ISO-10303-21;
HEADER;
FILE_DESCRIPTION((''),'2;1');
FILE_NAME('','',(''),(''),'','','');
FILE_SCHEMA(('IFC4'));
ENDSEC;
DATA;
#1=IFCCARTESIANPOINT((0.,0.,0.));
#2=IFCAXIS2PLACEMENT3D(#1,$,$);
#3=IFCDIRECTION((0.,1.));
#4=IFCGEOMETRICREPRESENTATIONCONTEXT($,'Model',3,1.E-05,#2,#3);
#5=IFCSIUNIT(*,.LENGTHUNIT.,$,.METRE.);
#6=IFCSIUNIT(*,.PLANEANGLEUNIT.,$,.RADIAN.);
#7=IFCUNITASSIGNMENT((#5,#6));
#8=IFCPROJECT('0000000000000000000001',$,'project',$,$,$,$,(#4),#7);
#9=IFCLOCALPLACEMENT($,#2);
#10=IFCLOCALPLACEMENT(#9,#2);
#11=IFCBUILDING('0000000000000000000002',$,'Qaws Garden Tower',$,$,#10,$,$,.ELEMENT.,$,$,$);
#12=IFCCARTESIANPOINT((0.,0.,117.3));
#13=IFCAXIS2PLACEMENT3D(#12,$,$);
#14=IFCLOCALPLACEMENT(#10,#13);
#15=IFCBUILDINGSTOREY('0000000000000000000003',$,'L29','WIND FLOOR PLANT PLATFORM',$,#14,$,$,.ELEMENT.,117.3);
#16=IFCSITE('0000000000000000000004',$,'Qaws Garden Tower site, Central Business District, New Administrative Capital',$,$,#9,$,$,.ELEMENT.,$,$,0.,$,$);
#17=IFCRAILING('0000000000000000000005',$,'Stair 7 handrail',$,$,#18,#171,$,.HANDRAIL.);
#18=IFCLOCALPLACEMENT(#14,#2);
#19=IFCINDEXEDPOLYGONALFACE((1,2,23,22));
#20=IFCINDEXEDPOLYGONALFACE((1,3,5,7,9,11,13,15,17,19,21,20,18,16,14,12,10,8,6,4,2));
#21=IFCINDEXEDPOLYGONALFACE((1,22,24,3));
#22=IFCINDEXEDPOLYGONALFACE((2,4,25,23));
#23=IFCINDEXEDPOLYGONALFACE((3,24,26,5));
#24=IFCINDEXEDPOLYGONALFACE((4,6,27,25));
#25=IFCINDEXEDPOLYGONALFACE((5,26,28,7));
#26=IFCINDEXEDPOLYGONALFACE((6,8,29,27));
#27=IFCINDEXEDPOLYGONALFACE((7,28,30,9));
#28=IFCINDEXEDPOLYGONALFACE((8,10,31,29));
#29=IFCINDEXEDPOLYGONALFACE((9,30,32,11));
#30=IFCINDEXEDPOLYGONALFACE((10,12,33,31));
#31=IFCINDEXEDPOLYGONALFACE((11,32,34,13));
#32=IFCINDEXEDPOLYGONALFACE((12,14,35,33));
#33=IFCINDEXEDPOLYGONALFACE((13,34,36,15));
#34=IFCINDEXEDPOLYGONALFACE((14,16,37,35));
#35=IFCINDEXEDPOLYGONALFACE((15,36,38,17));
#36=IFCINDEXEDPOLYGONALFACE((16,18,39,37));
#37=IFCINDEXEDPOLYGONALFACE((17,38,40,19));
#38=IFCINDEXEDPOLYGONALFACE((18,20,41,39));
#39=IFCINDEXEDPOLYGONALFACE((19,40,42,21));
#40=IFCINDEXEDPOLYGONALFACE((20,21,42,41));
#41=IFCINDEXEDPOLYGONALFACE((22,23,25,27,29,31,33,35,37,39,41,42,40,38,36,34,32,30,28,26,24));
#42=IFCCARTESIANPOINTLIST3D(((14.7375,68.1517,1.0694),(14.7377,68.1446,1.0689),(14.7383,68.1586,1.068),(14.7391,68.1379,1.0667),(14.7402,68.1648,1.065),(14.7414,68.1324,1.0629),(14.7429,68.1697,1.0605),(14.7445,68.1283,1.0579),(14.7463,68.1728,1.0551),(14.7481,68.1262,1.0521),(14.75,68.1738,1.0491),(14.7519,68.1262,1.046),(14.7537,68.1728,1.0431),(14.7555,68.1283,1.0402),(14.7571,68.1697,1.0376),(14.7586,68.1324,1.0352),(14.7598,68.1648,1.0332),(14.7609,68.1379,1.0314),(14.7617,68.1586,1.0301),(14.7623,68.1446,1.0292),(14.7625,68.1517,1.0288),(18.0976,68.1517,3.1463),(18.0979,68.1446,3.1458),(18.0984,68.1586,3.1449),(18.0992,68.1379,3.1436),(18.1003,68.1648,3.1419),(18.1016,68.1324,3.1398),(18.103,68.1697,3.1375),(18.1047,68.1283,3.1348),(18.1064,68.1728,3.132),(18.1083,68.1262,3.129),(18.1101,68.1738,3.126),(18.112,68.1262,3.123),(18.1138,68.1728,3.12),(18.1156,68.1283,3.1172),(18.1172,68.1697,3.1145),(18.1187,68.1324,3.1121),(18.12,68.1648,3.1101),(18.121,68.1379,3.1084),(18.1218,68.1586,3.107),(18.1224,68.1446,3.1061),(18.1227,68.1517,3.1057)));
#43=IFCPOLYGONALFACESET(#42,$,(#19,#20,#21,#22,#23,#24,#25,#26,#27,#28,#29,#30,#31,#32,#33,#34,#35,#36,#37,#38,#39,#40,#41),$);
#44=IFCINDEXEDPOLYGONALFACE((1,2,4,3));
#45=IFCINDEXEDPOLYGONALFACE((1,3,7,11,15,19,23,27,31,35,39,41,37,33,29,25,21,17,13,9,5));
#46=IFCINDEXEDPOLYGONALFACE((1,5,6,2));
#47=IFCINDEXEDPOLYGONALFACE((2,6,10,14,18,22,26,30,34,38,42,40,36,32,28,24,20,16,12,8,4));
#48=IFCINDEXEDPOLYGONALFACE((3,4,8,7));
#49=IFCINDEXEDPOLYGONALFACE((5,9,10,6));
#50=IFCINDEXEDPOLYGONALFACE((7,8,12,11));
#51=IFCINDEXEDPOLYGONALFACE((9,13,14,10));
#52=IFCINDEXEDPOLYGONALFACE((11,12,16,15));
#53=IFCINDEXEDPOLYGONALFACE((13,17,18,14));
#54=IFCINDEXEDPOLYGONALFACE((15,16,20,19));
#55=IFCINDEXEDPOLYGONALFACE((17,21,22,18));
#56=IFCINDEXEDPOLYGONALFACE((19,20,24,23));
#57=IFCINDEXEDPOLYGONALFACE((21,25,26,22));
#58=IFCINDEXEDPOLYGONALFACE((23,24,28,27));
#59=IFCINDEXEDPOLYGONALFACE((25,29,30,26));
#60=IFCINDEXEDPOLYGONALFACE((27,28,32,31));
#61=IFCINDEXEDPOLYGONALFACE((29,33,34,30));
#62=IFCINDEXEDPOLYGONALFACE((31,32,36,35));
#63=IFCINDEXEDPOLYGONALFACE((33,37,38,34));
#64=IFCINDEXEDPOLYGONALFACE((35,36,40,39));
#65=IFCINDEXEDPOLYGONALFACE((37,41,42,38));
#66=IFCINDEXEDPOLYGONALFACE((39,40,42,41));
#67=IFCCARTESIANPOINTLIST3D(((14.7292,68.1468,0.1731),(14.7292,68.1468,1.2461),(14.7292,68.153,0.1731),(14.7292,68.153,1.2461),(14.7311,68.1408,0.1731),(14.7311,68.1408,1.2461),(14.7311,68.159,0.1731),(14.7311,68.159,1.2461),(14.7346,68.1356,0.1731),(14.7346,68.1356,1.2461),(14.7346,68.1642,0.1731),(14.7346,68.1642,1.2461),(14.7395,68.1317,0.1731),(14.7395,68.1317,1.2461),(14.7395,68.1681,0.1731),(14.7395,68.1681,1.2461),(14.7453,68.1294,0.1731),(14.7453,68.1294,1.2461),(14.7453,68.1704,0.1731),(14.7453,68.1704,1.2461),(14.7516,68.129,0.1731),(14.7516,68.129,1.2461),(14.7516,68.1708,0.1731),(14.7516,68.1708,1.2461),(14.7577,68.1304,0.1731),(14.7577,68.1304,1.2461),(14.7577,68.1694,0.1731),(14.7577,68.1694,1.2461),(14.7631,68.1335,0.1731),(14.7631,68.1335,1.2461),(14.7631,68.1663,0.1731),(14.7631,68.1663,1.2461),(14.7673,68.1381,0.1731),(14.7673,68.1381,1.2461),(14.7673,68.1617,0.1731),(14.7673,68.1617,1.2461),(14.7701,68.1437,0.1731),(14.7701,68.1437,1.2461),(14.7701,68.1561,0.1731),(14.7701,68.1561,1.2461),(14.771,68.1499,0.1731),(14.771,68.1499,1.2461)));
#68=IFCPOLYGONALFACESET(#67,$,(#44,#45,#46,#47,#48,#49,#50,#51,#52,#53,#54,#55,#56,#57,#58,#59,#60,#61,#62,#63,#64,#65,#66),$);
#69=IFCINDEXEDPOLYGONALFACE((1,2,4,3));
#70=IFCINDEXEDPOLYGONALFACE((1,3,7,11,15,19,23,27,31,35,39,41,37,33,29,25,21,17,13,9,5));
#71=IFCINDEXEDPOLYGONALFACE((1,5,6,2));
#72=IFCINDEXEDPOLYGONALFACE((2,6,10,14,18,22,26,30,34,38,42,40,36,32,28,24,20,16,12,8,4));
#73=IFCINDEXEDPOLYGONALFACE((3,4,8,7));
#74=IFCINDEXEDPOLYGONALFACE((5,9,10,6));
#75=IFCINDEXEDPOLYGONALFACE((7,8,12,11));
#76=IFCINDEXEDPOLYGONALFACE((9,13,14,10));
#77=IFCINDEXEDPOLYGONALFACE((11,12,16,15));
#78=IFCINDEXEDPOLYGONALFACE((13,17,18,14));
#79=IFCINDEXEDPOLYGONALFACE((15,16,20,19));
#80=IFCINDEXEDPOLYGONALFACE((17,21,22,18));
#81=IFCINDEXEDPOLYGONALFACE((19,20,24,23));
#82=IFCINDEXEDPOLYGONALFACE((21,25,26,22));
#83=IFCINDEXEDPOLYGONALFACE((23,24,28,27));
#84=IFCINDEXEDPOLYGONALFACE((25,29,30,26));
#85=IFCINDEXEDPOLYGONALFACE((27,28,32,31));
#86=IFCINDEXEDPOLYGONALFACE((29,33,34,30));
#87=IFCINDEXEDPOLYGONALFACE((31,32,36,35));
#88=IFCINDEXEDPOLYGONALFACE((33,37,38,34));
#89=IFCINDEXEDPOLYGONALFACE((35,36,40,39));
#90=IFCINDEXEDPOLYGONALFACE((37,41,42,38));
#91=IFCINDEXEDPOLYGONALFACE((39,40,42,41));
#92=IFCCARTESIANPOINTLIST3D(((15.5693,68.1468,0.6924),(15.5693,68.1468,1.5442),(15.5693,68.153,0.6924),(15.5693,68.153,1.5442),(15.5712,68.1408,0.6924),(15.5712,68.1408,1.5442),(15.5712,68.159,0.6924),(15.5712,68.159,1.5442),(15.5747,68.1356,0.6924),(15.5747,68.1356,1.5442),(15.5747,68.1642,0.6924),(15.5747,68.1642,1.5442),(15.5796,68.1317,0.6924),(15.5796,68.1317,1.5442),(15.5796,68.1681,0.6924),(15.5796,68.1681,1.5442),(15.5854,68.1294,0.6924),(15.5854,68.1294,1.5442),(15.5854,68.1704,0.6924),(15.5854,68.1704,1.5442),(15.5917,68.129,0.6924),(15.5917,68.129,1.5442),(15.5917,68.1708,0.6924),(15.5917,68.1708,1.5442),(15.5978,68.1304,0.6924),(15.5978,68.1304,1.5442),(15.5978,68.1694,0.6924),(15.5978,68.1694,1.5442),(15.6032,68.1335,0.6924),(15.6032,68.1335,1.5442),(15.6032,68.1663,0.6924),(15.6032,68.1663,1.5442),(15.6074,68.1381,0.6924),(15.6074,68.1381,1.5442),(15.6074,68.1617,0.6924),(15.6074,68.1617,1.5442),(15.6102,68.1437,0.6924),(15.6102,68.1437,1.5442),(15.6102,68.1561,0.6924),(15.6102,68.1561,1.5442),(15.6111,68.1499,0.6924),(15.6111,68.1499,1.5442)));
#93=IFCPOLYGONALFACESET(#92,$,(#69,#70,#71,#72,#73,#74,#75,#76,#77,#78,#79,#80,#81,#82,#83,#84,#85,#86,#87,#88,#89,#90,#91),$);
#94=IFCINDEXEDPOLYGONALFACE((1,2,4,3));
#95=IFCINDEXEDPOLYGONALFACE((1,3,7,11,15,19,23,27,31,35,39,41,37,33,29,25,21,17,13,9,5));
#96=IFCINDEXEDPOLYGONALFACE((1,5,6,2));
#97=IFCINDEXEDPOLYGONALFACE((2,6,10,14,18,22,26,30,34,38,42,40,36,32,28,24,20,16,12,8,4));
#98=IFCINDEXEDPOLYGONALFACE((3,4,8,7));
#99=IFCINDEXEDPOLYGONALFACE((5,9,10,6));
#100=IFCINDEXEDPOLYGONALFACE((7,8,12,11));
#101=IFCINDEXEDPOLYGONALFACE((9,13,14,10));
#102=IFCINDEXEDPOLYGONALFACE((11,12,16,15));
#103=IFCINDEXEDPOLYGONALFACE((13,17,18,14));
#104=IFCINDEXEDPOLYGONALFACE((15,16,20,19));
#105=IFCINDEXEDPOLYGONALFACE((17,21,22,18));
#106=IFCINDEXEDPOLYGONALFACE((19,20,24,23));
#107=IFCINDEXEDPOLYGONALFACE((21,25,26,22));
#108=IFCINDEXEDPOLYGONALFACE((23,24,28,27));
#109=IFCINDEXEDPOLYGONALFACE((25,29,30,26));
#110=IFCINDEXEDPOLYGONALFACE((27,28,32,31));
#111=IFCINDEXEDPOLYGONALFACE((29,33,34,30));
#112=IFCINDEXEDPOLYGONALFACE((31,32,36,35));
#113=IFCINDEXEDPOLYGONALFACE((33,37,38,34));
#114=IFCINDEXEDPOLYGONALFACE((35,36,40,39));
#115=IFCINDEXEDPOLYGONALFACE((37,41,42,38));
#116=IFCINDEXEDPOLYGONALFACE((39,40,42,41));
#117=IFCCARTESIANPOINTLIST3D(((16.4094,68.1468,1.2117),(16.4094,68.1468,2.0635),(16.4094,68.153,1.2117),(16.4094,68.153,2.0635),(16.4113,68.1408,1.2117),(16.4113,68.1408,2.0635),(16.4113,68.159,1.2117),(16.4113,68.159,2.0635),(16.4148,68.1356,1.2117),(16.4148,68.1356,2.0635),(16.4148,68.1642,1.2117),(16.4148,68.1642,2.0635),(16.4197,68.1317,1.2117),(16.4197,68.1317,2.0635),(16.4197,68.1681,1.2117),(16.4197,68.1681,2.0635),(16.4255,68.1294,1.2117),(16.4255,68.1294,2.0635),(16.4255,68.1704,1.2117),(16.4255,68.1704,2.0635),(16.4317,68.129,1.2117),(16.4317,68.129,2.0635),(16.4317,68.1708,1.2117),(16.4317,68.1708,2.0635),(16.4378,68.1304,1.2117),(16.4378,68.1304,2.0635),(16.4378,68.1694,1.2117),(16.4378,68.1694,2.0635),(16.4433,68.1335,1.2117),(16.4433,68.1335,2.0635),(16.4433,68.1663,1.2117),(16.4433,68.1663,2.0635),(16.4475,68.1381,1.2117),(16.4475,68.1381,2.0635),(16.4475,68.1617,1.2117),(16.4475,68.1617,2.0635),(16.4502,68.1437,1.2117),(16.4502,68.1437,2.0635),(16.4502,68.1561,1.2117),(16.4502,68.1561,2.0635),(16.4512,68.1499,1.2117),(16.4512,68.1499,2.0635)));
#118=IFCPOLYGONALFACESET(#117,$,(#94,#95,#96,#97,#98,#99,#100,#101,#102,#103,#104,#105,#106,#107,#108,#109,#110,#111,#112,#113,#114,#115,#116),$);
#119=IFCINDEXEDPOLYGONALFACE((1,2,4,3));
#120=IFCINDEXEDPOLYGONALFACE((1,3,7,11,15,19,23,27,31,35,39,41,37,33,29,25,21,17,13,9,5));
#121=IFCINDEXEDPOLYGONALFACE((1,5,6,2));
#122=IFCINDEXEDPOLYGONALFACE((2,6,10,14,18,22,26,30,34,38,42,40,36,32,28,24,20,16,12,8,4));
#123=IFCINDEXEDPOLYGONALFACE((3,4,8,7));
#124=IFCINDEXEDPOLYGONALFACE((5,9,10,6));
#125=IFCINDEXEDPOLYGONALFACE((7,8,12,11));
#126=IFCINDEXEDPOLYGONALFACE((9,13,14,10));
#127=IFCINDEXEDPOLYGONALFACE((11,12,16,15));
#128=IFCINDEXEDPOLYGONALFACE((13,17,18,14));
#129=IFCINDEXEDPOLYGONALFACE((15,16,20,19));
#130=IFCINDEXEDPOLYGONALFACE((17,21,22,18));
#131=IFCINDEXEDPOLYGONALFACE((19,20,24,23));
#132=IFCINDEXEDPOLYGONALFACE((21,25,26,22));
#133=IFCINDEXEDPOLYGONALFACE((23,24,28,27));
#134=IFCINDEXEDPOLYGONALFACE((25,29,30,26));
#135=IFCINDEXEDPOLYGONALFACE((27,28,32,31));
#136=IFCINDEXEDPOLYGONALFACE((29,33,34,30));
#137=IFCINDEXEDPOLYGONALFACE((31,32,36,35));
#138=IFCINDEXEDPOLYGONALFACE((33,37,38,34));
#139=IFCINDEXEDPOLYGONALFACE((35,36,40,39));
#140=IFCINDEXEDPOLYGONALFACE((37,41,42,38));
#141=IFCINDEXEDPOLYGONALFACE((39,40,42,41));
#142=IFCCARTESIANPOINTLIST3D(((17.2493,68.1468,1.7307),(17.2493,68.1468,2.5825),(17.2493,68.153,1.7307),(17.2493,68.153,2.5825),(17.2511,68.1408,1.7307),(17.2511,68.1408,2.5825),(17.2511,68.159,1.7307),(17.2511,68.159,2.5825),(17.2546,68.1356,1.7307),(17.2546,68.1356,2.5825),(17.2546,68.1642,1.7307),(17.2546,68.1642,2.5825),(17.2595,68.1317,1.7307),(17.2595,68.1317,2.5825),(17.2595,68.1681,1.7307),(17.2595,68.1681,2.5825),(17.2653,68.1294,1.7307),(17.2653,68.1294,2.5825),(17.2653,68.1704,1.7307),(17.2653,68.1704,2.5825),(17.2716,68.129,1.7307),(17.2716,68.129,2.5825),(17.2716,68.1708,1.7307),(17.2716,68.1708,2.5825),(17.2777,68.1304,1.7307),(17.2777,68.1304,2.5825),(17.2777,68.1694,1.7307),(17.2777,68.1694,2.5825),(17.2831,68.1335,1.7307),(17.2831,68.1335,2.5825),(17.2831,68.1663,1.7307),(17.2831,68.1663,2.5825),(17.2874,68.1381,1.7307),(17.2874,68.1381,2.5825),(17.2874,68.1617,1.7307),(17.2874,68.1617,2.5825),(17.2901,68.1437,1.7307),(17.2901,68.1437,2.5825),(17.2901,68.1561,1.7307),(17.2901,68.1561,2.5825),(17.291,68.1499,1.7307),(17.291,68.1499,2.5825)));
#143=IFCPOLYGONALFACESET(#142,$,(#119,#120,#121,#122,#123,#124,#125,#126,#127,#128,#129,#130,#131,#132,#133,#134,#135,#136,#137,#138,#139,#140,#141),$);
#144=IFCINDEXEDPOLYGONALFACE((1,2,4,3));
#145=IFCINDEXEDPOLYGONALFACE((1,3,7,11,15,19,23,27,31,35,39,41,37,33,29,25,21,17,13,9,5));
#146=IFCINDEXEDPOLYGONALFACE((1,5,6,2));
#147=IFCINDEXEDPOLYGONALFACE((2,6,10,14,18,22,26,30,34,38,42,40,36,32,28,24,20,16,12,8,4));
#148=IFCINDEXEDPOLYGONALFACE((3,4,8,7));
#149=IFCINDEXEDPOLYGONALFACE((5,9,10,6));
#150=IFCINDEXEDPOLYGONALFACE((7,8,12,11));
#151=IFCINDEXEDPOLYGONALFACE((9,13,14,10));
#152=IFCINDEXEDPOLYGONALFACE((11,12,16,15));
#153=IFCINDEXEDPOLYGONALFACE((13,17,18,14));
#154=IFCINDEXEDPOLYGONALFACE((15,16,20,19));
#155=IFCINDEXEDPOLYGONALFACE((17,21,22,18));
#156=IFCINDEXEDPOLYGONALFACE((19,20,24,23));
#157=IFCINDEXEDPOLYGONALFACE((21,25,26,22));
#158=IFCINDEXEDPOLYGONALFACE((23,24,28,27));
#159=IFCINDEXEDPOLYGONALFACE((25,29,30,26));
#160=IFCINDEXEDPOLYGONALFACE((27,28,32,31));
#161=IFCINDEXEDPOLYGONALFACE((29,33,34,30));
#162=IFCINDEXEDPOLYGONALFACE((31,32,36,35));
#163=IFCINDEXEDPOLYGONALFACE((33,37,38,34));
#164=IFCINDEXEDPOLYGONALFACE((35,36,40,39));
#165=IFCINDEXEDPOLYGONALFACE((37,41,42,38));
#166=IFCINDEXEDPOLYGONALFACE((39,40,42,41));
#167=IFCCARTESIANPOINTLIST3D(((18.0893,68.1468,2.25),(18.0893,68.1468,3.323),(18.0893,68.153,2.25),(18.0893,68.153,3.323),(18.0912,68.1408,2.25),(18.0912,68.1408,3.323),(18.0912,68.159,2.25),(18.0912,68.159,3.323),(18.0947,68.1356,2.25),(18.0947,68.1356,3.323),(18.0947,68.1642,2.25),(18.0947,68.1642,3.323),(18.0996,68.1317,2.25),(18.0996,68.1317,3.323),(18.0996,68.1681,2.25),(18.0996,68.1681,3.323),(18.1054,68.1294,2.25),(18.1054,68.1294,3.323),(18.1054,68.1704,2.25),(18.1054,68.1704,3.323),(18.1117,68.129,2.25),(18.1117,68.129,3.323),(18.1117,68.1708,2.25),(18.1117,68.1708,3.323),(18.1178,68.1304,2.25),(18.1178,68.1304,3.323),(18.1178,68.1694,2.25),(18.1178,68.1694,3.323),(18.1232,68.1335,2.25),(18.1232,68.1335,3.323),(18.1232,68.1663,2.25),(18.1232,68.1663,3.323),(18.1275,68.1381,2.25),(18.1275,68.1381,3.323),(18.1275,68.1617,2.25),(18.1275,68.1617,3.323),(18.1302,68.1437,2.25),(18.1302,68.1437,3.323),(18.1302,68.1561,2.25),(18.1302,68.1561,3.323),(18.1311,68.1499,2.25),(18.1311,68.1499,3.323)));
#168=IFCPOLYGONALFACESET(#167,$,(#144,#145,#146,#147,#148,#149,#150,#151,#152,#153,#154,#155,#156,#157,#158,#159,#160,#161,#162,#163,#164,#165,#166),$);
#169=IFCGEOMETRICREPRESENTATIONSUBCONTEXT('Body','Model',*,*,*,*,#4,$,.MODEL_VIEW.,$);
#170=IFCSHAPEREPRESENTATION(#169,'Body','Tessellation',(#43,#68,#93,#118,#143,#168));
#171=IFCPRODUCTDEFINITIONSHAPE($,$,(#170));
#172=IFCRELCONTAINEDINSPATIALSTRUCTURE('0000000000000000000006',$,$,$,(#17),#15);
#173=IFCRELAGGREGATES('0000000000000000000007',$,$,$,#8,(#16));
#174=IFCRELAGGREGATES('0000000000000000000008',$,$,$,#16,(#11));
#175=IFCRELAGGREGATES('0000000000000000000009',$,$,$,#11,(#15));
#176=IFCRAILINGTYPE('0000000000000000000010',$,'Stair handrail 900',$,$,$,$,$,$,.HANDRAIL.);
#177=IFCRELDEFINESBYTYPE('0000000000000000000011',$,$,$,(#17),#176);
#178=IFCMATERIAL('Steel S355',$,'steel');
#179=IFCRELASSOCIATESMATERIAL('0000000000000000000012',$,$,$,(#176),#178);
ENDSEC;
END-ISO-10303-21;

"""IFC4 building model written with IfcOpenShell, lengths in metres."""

from ifc_helpers import new_model, si_unit, direction, frame, origin, origin_2d, place, context, subcontext, project, spatial, circle, extrude, material, type_object, element, save


model = new_model("IFC4")

# Units and contexts
model_context = context("Model", 3, precision=1e-05, world=origin(), true_north=direction((0.0, 1.0)))
body_context = subcontext(model_context, "Body", "Model", "MODEL_VIEW")
ifc_project = project(units=[si_unit("LENGTHUNIT", "METRE"), si_unit("PLANEANGLEUNIT", "RADIAN")], contexts=[model_context])

# Site, building, storey
site_placement = place(None, origin())
site = spatial("IfcSite", under=ifc_project, at=site_placement, Name="Qaws Garden Tower site, Central Business District, New Administrative Capital", CompositionType="ELEMENT", RefElevation=0.0)
building_placement = place(site_placement, origin())
building = spatial("IfcBuilding", under=site, at=building_placement, Name="Qaws Garden Tower", CompositionType="ELEMENT")
storey_placement = place(building_placement, frame((0.0, 0.0, 117.3)))
storey = spatial("IfcBuildingStorey", under=building, at=storey_placement, Name="L29", Description="WIND FLOOR PLANT PLATFORM", CompositionType="ELEMENT", Elevation=117.3)

# Railing
ifc_material_1 = material(Name="Steel S355", Category="steel")
railing_type_1 = type_object("IfcRailingType", Name="Stair handrail 900", PredefinedType="HANDRAIL", material=ifc_material_1)
for number, where, name in (
    (1, (14.75, 68.1499, 0.1731), "Stair 7 handrail"),
):
    element("IfcRailing", number, at=place(storey_placement, frame(where)), inside=storey, type_object=railing_type_1, Name=name, PredefinedType="HANDRAIL", context=body_context, shape_type="SweptSolid", body=[
        extrude(circle(Radius=0.0239, at=origin_2d()), frame((0.0, 0.0, 0.876), z_axis=(0.850623, 0.0, 0.525776), x_axis=(0.0, 1.0, 0.0)), (0.0, 0.0, 1.0), 3.9502),
        extrude(circle(Radius=0.021, at=origin_2d()), origin(), (0.0, 0.0, 1.0), 1.073),
        extrude(circle(Radius=0.021, at=origin_2d()), frame((0.8401, 0.0, 0.5193)), (0.0, 0.0, 1.0), 0.8518),
        extrude(circle(Radius=0.021, at=origin_2d()), frame((1.6802, 0.0, 1.0386)), (0.0, 0.0, 1.0), 0.8518),
        extrude(circle(Radius=0.021, at=origin_2d()), frame((2.52, 0.0, 1.5576)), (0.0, 0.0, 1.0), 0.8518),
        extrude(circle(Radius=0.021, at=origin_2d()), frame((3.3601, 0.0, 2.0769)), (0.0, 0.0, 1.0), 1.073),
    ])

save(model, "model.ifc")
